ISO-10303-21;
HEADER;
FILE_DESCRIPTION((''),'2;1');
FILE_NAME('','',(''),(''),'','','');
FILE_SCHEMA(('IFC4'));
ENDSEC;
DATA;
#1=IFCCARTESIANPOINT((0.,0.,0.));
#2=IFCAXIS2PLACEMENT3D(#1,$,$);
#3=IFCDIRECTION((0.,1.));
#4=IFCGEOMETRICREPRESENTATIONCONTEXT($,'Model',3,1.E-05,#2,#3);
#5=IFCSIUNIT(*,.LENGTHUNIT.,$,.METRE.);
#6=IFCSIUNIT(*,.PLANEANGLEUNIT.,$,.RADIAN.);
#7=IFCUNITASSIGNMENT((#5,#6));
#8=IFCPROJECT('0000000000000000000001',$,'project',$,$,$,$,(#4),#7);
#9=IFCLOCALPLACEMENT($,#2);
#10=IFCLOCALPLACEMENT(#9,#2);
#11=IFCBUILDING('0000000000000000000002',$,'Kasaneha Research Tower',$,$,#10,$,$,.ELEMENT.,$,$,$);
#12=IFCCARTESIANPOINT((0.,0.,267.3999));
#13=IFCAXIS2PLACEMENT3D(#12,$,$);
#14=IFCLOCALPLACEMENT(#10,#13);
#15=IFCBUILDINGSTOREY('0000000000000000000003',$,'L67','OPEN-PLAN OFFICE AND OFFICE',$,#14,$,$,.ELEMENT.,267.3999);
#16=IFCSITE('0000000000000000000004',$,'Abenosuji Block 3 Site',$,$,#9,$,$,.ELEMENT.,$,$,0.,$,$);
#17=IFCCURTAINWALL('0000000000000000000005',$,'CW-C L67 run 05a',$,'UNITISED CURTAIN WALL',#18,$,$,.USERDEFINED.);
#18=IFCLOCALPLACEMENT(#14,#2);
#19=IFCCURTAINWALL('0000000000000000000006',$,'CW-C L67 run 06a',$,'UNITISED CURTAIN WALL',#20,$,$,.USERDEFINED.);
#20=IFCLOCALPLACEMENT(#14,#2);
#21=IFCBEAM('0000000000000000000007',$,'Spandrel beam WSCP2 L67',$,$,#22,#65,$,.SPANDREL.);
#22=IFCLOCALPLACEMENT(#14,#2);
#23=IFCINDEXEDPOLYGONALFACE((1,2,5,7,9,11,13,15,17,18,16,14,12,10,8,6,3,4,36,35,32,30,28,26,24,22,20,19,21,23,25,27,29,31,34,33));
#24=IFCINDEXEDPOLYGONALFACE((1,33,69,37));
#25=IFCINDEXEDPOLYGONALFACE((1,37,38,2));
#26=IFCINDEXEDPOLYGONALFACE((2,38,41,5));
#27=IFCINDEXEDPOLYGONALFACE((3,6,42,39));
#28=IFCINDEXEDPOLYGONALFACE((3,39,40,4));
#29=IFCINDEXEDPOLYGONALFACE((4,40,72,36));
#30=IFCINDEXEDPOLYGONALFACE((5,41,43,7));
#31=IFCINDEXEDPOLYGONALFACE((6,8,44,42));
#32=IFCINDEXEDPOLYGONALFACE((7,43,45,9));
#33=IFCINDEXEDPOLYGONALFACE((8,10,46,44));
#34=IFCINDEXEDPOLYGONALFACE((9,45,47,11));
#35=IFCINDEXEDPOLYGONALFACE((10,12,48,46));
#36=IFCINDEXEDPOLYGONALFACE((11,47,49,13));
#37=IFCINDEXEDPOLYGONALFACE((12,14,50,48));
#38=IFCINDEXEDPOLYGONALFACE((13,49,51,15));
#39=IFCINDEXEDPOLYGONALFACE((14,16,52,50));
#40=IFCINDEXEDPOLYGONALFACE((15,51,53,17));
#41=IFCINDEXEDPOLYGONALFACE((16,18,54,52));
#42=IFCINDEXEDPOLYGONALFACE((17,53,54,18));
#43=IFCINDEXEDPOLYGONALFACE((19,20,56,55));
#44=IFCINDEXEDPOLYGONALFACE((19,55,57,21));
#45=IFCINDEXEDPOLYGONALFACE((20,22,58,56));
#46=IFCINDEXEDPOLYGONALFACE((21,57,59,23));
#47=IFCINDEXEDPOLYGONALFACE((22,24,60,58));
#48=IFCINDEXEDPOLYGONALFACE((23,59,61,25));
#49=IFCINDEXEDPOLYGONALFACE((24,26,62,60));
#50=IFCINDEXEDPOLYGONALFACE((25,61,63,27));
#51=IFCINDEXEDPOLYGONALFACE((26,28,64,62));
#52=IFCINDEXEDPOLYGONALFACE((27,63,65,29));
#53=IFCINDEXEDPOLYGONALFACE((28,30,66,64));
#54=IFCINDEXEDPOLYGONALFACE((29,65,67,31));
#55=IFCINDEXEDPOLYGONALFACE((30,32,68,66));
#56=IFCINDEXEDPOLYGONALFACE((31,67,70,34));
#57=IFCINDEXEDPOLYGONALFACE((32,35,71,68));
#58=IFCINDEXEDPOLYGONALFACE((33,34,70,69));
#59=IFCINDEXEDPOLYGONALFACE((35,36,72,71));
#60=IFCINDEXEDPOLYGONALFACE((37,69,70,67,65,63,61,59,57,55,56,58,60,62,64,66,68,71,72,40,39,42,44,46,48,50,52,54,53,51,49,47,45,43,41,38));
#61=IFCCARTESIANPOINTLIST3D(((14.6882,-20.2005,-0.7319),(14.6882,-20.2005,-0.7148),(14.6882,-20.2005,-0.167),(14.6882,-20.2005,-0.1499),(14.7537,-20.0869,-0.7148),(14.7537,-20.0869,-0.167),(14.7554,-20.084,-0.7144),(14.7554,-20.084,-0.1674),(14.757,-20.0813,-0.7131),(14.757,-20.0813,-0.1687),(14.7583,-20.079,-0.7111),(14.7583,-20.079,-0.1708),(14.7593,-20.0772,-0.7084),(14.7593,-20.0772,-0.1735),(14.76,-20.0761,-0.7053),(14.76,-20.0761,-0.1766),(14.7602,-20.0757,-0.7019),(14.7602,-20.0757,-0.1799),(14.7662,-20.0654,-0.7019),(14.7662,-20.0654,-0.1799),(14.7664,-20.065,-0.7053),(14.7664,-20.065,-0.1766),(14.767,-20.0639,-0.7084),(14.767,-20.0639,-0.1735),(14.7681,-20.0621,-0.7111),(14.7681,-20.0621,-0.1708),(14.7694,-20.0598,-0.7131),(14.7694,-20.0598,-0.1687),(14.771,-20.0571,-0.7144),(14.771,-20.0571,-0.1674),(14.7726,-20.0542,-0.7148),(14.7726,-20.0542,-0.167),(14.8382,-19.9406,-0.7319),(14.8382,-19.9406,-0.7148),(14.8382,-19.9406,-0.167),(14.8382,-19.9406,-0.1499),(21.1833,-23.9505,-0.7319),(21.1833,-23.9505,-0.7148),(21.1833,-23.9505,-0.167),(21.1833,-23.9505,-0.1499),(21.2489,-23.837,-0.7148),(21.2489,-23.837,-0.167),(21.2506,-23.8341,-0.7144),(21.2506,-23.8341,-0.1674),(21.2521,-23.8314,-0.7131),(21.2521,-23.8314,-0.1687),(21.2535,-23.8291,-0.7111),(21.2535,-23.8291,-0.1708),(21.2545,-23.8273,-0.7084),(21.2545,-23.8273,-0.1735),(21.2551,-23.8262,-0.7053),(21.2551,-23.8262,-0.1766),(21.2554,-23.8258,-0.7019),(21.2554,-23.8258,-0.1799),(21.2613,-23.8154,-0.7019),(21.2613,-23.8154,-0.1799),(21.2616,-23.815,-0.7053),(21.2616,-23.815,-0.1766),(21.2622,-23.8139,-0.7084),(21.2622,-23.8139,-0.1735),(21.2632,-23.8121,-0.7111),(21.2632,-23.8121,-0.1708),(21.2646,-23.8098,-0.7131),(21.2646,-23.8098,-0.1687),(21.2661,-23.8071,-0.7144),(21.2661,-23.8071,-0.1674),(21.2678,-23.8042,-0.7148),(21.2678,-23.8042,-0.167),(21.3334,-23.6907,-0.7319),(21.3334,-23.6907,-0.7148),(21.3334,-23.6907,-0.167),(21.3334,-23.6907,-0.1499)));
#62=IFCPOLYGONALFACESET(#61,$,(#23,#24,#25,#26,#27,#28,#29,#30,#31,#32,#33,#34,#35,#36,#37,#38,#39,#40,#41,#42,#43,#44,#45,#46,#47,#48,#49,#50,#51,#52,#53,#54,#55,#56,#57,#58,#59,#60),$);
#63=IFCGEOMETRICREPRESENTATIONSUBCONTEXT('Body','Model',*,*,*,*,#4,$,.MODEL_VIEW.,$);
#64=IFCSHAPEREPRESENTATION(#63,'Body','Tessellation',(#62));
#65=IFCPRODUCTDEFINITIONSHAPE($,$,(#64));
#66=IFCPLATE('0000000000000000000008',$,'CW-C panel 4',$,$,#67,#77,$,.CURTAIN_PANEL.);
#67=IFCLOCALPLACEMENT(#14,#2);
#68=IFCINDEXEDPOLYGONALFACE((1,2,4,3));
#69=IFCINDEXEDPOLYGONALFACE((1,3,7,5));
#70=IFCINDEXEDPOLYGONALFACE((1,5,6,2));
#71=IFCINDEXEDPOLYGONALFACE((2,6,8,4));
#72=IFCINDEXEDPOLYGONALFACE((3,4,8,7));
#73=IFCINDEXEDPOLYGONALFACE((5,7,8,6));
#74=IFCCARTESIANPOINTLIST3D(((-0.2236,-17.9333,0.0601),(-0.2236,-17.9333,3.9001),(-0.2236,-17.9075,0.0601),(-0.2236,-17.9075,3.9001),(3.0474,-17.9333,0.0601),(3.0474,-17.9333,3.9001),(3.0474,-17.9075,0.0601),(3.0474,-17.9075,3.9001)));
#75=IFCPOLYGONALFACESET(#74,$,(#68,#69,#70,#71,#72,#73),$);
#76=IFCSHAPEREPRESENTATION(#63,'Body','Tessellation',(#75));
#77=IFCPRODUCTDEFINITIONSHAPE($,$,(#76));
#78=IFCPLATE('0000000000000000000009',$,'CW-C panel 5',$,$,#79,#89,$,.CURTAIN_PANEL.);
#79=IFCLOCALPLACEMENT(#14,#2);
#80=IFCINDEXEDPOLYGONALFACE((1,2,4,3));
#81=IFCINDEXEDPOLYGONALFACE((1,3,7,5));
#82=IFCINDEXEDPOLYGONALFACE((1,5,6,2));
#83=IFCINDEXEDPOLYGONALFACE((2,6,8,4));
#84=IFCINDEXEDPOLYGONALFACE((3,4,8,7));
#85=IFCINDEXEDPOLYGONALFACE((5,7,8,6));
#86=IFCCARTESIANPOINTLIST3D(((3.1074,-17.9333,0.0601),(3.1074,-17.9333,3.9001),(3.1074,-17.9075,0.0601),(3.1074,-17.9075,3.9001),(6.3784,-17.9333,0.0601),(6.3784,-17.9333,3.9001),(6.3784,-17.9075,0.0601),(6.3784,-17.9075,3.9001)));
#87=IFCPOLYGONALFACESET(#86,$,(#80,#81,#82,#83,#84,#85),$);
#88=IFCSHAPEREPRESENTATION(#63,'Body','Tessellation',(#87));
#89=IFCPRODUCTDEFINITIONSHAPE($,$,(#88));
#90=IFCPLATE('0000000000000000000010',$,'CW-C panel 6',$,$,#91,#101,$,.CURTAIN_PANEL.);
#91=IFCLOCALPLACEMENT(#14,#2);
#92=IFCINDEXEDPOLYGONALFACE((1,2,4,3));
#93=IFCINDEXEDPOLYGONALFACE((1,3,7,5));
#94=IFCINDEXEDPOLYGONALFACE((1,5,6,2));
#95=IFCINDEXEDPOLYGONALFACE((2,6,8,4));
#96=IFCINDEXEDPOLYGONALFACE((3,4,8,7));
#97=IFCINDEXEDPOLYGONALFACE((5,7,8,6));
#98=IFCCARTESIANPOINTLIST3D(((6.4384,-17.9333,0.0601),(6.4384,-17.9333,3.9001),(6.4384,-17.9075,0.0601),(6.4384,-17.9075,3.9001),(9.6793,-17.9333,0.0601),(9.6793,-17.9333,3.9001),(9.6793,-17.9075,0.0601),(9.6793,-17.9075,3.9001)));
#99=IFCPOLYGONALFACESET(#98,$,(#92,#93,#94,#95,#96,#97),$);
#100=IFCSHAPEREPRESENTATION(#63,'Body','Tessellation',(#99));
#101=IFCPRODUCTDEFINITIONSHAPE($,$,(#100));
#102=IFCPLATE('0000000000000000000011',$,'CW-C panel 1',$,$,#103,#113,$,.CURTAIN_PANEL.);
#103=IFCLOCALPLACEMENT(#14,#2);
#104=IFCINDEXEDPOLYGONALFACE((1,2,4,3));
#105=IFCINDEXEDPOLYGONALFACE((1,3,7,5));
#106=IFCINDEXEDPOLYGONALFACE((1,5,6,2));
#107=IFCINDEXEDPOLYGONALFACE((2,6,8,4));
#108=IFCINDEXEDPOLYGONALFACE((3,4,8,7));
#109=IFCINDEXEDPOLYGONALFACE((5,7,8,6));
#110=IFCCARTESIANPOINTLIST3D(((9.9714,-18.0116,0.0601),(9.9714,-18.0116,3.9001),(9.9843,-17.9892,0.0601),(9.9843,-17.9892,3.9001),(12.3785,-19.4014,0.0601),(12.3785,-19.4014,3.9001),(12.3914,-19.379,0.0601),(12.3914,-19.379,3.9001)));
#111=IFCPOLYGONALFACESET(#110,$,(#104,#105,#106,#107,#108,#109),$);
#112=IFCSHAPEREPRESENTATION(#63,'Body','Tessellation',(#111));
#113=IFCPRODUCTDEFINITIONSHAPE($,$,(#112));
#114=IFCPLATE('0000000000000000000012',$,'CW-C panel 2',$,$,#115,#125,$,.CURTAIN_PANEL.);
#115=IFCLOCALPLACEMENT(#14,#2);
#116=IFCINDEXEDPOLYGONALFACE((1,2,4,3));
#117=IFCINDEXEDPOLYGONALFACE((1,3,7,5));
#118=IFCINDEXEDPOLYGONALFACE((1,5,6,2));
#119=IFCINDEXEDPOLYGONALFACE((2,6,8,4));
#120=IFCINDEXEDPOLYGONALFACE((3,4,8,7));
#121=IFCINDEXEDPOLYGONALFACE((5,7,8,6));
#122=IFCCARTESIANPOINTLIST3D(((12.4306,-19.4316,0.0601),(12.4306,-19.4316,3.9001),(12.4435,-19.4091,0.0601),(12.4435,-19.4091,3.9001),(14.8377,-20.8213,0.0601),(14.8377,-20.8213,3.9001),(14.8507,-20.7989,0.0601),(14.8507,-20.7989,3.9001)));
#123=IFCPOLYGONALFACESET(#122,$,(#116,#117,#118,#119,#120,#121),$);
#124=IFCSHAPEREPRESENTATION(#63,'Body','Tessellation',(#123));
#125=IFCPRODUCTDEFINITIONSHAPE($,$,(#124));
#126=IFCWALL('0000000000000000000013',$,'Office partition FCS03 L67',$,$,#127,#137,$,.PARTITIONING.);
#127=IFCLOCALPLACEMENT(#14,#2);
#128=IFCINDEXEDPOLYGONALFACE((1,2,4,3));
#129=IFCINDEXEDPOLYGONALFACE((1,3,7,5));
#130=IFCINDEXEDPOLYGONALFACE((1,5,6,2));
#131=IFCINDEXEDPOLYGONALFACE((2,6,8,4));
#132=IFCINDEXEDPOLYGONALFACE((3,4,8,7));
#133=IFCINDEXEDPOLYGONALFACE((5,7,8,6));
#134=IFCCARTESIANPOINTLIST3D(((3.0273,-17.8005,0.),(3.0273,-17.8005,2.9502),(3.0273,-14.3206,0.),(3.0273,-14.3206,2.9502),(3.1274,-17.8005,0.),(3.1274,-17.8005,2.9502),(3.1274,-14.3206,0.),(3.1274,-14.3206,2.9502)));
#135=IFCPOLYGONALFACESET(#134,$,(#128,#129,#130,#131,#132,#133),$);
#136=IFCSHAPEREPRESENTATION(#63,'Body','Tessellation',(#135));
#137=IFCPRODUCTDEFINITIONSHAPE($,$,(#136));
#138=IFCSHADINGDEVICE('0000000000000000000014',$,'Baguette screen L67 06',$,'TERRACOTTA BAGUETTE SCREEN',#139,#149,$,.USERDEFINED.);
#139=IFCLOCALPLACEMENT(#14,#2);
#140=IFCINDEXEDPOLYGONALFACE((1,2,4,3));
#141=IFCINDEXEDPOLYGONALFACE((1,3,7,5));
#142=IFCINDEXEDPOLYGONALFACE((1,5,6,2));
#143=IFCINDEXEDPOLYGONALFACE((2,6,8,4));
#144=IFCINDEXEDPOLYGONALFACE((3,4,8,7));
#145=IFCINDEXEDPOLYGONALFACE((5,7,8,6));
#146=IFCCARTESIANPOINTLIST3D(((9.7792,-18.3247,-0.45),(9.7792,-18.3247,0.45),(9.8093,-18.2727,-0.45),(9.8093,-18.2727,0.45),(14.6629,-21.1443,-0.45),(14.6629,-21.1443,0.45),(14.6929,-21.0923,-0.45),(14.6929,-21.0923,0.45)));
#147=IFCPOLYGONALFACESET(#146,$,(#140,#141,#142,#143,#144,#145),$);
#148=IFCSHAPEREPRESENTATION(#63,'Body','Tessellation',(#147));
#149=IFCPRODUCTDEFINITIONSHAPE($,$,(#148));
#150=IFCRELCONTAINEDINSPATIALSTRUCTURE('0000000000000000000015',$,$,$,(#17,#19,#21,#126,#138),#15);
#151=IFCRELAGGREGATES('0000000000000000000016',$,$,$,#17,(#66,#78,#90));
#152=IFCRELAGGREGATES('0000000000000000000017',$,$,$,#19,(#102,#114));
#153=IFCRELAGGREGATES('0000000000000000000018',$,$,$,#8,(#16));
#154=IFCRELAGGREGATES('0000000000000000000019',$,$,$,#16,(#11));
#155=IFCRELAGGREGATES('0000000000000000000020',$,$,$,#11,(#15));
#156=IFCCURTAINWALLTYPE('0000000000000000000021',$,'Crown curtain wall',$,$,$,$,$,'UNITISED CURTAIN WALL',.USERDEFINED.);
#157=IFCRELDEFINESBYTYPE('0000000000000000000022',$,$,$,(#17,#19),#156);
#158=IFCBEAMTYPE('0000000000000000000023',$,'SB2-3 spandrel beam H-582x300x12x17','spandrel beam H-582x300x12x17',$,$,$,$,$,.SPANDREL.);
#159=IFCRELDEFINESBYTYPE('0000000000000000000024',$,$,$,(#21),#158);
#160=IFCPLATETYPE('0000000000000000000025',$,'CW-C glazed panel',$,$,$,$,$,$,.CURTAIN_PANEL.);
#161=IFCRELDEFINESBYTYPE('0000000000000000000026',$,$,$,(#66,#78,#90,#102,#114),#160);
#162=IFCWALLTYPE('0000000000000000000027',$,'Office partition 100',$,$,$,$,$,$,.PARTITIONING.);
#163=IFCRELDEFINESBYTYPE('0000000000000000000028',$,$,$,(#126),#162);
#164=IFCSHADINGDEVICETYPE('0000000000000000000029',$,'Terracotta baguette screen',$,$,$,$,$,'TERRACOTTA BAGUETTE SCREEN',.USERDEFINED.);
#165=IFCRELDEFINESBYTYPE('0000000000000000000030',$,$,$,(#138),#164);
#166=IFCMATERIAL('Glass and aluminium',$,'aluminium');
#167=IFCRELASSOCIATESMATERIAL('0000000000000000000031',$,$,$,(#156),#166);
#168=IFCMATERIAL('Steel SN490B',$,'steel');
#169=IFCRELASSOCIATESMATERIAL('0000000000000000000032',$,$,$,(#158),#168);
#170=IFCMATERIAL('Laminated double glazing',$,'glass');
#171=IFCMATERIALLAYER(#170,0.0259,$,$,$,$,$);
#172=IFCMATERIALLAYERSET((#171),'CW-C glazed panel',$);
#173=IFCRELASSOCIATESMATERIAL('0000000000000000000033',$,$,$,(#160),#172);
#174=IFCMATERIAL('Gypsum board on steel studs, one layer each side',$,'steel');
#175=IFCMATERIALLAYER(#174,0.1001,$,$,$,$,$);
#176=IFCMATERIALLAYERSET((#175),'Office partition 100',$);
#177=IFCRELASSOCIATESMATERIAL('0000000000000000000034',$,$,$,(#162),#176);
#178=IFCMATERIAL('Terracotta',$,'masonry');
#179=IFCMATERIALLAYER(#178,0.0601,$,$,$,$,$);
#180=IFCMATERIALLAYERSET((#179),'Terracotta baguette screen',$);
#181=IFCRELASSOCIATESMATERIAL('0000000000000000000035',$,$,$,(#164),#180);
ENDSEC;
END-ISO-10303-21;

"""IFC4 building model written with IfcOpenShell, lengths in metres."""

from ifc_helpers import new_model, si_unit, direction, frame, frame_2d, origin, origin_2d, place, context, subcontext, project, spatial, rectangle, i_section, extrude, material, layer, layer_set, material_profile, profile_set, type_object, element, aggregate, save


model = new_model("IFC4")

# Units and contexts
model_context = context("Model", 3, precision=1e-05, world=origin(), true_north=direction((0.0, 1.0)))
body_context = subcontext(model_context, "Body", "Model", "MODEL_VIEW")
ifc_project = project(units=[si_unit("LENGTHUNIT", "METRE"), si_unit("PLANEANGLEUNIT", "RADIAN")], contexts=[model_context])

# Site, building, storey
site_placement = place(None, origin())
site = spatial("IfcSite", under=ifc_project, at=site_placement, Name="Abenosuji Block 3 Site", CompositionType="ELEMENT", RefElevation=0.0)
building_placement = place(site_placement, origin())
building = spatial("IfcBuilding", under=site, at=building_placement, Name="Kasaneha Research Tower", CompositionType="ELEMENT")
storey_placement = place(building_placement, frame((0.0, 0.0, 267.3999)))
storey = spatial("IfcBuildingStorey", under=building, at=storey_placement, Name="L67", Description="OPEN-PLAN OFFICE AND OFFICE", CompositionType="ELEMENT", Elevation=267.3999)

# Curtain walls
ifc_material_1 = material(Name="Glass and aluminium", Category="aluminium")
curtain_wall_type = type_object("IfcCurtainWallType", Name="Crown curtain wall", ElementType="UNITISED CURTAIN WALL", PredefinedType="USERDEFINED", material=ifc_material_1)
curtain_wall_1_placement = place(storey_placement, origin())
curtain_wall_1 = element("IfcCurtainWall", 1, at=curtain_wall_1_placement, inside=storey, type_object=curtain_wall_type, Name="CW-C L67 run 05a", ObjectType="UNITISED CURTAIN WALL", PredefinedType="USERDEFINED")
curtain_wall_2_placement = place(storey_placement, origin())
curtain_wall_2 = element("IfcCurtainWall", 2, at=curtain_wall_2_placement, inside=storey, type_object=curtain_wall_type, Name="CW-C L67 run 06a", ObjectType="UNITISED CURTAIN WALL", PredefinedType="USERDEFINED")

# Beam
ifc_material_2 = material(Name="Steel SN490B", Category="steel")
ifc_material_profile_1 = material_profile(ifc_material_2, i_section(OverallWidth=0.3, OverallDepth=0.582, WebThickness=0.012, FlangeThickness=0.0171, FilletRadius=0.0129, at=origin_2d()), Name="H-582x300x12x17")
ifc_profile_set_1 = profile_set([ifc_material_profile_1], Name="Steel SN490B")
beam_type_1 = type_object("IfcBeamType", Name="SB2-3 spandrel beam H-582x300x12x17", Description="spandrel beam H-582x300x12x17", PredefinedType="SPANDREL", material=ifc_profile_set_1)
beam_1_placement = place(storey_placement, frame((14.7632, -20.0706, -0.4409), z_axis=(0.866023, -0.500004, 0.0), x_axis=(0.500004, 0.866023, 0.0)))
element("IfcBeam", 3, at=beam_1_placement, inside=storey, type_object=beam_type_1, Name="Spandrel beam WSCP2 L67", PredefinedType="SPANDREL", context=body_context, shape_type="SweptSolid", body=[
    extrude(i_section(OverallWidth=0.3, OverallDepth=0.582, WebThickness=0.012, FlangeThickness=0.0171, FilletRadius=0.0129, at=origin_2d()), origin(), (0.0, 0.0, 1.0), 7.5),
])

# Plates
ifc_material_3 = material(Name="Laminated double glazing", Category="glass")
ifc_layer_1 = layer(ifc_material_3, 0.0259)
ifc_layer_set_1 = layer_set([ifc_layer_1], Name="CW-C glazed panel")
plate_type = type_object("IfcPlateType", Name="CW-C glazed panel", PredefinedType="CURTAIN_PANEL", material=ifc_layer_set_1)
plate_1_placement = place(storey_placement, frame((1.4119, -17.9204, 0.0601), z_axis=(0.0, 0.0, 1.0), x_axis=(1.0, 0.0, 0.0)))
plate_1 = element("IfcPlate", 4, at=plate_1_placement, type_object=plate_type, Name="CW-C panel 4", PredefinedType="CURTAIN_PANEL", context=body_context, shape_type="SweptSolid", body=[
    extrude(rectangle(XDim=3.271, YDim=0.0259, at=origin_2d()), origin(), (0.0, 0.0, 1.0), 3.8401),
])
plate_2_placement = place(storey_placement, frame((4.7429, -17.9204, 0.0601), z_axis=(0.0, 0.0, 1.0), x_axis=(1.0, 0.0, 0.0)))
plate_2 = element("IfcPlate", 5, at=plate_2_placement, type_object=plate_type, Name="CW-C panel 5", PredefinedType="CURTAIN_PANEL", context=body_context, shape_type="SweptSolid", body=[
    extrude(rectangle(XDim=3.271, YDim=0.0259, at=origin_2d()), origin(), (0.0, 0.0, 1.0), 3.8401),
])
plate_3_placement = place(storey_placement, frame((8.0588, -17.9204, 0.0601), z_axis=(0.0, 0.0, 1.0), x_axis=(1.0, 0.0, 0.0)))
plate_3 = element("IfcPlate", 6, at=plate_3_placement, type_object=plate_type, Name="CW-C panel 6", PredefinedType="CURTAIN_PANEL", context=body_context, shape_type="SweptSolid", body=[
    extrude(rectangle(XDim=3.241, YDim=0.0259, at=origin_2d()), origin(), (0.0, 0.0, 1.0), 3.8401),
])
aggregate(curtain_wall_1, [plate_1, plate_2, plate_3])
plate_4_placement = place(storey_placement, frame((11.1814, -18.6953, 0.0601), z_axis=(0.0, 0.0, 1.0), x_axis=(0.866025, -0.5, 0.0)))
plate_4 = element("IfcPlate", 7, at=plate_4_placement, type_object=plate_type, Name="CW-C panel 1", PredefinedType="CURTAIN_PANEL", context=body_context, shape_type="SweptSolid", body=[
    extrude(rectangle(XDim=2.7795, YDim=0.0259, at=origin_2d()), origin(), (0.0, 0.0, 1.0), 3.8401),
])
plate_5_placement = place(storey_placement, frame((13.6406, -20.1152, 0.0601), z_axis=(0.0, 0.0, 1.0), x_axis=(0.866025, -0.5, 0.0)))
plate_5 = element("IfcPlate", 8, at=plate_5_placement, type_object=plate_type, Name="CW-C panel 2", PredefinedType="CURTAIN_PANEL", context=body_context, shape_type="SweptSolid", body=[
    extrude(rectangle(XDim=2.7795, YDim=0.0259, at=origin_2d()), origin(), (0.0, 0.0, 1.0), 3.8401),
])
aggregate(curtain_wall_2, [plate_4, plate_5])

# Wall
ifc_material_4 = material(Name="Gypsum board on steel studs, one layer each side", Category="steel")
ifc_layer_2 = layer(ifc_material_4, 0.1001)
ifc_layer_set_2 = layer_set([ifc_layer_2], Name="Office partition 100")
wall_type = type_object("IfcWallType", Name="Office partition 100", PredefinedType="PARTITIONING", material=ifc_layer_set_2)
wall_placement = place(storey_placement, frame((3.0774, -17.8005, 0.0), z_axis=(0.0, 0.0, 1.0), x_axis=(0.0, 1.0, 0.0)))
element("IfcWall", 9, at=wall_placement, inside=storey, type_object=wall_type, Name="Office partition FCS03 L67", PredefinedType="PARTITIONING", context=body_context, shape_type="SweptSolid", body=[
    extrude(rectangle(XDim=3.48, YDim=0.1001, at=frame_2d((1.74, 0.0))), origin(), (0.0, 0.0, 1.0), 2.9502),
])

# Shading device
ifc_material_5 = material(Name="Terracotta", Category="masonry")
ifc_layer_3 = layer(ifc_material_5, 0.0601)
ifc_layer_set_3 = layer_set([ifc_layer_3], Name="Terracotta baguette screen")
shading_device_type = type_object("IfcShadingDeviceType", Name="Terracotta baguette screen", ElementType="TERRACOTTA BAGUETTE SCREEN", PredefinedType="USERDEFINED", material=ifc_layer_set_3)
shading_device_placement = place(storey_placement, frame((12.2361, -19.7085, -0.45), z_axis=(0.0, 0.0, 1.0), x_axis=(0.866025, -0.5, 0.0)))
element("IfcShadingDevice", 10, at=shading_device_placement, inside=storey, type_object=shading_device_type, Name="Baguette screen L67 06", ObjectType="TERRACOTTA BAGUETTE SCREEN", PredefinedType="USERDEFINED", context=body_context, shape_type="SweptSolid", body=[
    extrude(rectangle(XDim=5.6392, YDim=0.0601, at=origin_2d()), origin(), (0.0, 0.0, 1.0), 0.8999),
])

save(model, "model.ifc")
